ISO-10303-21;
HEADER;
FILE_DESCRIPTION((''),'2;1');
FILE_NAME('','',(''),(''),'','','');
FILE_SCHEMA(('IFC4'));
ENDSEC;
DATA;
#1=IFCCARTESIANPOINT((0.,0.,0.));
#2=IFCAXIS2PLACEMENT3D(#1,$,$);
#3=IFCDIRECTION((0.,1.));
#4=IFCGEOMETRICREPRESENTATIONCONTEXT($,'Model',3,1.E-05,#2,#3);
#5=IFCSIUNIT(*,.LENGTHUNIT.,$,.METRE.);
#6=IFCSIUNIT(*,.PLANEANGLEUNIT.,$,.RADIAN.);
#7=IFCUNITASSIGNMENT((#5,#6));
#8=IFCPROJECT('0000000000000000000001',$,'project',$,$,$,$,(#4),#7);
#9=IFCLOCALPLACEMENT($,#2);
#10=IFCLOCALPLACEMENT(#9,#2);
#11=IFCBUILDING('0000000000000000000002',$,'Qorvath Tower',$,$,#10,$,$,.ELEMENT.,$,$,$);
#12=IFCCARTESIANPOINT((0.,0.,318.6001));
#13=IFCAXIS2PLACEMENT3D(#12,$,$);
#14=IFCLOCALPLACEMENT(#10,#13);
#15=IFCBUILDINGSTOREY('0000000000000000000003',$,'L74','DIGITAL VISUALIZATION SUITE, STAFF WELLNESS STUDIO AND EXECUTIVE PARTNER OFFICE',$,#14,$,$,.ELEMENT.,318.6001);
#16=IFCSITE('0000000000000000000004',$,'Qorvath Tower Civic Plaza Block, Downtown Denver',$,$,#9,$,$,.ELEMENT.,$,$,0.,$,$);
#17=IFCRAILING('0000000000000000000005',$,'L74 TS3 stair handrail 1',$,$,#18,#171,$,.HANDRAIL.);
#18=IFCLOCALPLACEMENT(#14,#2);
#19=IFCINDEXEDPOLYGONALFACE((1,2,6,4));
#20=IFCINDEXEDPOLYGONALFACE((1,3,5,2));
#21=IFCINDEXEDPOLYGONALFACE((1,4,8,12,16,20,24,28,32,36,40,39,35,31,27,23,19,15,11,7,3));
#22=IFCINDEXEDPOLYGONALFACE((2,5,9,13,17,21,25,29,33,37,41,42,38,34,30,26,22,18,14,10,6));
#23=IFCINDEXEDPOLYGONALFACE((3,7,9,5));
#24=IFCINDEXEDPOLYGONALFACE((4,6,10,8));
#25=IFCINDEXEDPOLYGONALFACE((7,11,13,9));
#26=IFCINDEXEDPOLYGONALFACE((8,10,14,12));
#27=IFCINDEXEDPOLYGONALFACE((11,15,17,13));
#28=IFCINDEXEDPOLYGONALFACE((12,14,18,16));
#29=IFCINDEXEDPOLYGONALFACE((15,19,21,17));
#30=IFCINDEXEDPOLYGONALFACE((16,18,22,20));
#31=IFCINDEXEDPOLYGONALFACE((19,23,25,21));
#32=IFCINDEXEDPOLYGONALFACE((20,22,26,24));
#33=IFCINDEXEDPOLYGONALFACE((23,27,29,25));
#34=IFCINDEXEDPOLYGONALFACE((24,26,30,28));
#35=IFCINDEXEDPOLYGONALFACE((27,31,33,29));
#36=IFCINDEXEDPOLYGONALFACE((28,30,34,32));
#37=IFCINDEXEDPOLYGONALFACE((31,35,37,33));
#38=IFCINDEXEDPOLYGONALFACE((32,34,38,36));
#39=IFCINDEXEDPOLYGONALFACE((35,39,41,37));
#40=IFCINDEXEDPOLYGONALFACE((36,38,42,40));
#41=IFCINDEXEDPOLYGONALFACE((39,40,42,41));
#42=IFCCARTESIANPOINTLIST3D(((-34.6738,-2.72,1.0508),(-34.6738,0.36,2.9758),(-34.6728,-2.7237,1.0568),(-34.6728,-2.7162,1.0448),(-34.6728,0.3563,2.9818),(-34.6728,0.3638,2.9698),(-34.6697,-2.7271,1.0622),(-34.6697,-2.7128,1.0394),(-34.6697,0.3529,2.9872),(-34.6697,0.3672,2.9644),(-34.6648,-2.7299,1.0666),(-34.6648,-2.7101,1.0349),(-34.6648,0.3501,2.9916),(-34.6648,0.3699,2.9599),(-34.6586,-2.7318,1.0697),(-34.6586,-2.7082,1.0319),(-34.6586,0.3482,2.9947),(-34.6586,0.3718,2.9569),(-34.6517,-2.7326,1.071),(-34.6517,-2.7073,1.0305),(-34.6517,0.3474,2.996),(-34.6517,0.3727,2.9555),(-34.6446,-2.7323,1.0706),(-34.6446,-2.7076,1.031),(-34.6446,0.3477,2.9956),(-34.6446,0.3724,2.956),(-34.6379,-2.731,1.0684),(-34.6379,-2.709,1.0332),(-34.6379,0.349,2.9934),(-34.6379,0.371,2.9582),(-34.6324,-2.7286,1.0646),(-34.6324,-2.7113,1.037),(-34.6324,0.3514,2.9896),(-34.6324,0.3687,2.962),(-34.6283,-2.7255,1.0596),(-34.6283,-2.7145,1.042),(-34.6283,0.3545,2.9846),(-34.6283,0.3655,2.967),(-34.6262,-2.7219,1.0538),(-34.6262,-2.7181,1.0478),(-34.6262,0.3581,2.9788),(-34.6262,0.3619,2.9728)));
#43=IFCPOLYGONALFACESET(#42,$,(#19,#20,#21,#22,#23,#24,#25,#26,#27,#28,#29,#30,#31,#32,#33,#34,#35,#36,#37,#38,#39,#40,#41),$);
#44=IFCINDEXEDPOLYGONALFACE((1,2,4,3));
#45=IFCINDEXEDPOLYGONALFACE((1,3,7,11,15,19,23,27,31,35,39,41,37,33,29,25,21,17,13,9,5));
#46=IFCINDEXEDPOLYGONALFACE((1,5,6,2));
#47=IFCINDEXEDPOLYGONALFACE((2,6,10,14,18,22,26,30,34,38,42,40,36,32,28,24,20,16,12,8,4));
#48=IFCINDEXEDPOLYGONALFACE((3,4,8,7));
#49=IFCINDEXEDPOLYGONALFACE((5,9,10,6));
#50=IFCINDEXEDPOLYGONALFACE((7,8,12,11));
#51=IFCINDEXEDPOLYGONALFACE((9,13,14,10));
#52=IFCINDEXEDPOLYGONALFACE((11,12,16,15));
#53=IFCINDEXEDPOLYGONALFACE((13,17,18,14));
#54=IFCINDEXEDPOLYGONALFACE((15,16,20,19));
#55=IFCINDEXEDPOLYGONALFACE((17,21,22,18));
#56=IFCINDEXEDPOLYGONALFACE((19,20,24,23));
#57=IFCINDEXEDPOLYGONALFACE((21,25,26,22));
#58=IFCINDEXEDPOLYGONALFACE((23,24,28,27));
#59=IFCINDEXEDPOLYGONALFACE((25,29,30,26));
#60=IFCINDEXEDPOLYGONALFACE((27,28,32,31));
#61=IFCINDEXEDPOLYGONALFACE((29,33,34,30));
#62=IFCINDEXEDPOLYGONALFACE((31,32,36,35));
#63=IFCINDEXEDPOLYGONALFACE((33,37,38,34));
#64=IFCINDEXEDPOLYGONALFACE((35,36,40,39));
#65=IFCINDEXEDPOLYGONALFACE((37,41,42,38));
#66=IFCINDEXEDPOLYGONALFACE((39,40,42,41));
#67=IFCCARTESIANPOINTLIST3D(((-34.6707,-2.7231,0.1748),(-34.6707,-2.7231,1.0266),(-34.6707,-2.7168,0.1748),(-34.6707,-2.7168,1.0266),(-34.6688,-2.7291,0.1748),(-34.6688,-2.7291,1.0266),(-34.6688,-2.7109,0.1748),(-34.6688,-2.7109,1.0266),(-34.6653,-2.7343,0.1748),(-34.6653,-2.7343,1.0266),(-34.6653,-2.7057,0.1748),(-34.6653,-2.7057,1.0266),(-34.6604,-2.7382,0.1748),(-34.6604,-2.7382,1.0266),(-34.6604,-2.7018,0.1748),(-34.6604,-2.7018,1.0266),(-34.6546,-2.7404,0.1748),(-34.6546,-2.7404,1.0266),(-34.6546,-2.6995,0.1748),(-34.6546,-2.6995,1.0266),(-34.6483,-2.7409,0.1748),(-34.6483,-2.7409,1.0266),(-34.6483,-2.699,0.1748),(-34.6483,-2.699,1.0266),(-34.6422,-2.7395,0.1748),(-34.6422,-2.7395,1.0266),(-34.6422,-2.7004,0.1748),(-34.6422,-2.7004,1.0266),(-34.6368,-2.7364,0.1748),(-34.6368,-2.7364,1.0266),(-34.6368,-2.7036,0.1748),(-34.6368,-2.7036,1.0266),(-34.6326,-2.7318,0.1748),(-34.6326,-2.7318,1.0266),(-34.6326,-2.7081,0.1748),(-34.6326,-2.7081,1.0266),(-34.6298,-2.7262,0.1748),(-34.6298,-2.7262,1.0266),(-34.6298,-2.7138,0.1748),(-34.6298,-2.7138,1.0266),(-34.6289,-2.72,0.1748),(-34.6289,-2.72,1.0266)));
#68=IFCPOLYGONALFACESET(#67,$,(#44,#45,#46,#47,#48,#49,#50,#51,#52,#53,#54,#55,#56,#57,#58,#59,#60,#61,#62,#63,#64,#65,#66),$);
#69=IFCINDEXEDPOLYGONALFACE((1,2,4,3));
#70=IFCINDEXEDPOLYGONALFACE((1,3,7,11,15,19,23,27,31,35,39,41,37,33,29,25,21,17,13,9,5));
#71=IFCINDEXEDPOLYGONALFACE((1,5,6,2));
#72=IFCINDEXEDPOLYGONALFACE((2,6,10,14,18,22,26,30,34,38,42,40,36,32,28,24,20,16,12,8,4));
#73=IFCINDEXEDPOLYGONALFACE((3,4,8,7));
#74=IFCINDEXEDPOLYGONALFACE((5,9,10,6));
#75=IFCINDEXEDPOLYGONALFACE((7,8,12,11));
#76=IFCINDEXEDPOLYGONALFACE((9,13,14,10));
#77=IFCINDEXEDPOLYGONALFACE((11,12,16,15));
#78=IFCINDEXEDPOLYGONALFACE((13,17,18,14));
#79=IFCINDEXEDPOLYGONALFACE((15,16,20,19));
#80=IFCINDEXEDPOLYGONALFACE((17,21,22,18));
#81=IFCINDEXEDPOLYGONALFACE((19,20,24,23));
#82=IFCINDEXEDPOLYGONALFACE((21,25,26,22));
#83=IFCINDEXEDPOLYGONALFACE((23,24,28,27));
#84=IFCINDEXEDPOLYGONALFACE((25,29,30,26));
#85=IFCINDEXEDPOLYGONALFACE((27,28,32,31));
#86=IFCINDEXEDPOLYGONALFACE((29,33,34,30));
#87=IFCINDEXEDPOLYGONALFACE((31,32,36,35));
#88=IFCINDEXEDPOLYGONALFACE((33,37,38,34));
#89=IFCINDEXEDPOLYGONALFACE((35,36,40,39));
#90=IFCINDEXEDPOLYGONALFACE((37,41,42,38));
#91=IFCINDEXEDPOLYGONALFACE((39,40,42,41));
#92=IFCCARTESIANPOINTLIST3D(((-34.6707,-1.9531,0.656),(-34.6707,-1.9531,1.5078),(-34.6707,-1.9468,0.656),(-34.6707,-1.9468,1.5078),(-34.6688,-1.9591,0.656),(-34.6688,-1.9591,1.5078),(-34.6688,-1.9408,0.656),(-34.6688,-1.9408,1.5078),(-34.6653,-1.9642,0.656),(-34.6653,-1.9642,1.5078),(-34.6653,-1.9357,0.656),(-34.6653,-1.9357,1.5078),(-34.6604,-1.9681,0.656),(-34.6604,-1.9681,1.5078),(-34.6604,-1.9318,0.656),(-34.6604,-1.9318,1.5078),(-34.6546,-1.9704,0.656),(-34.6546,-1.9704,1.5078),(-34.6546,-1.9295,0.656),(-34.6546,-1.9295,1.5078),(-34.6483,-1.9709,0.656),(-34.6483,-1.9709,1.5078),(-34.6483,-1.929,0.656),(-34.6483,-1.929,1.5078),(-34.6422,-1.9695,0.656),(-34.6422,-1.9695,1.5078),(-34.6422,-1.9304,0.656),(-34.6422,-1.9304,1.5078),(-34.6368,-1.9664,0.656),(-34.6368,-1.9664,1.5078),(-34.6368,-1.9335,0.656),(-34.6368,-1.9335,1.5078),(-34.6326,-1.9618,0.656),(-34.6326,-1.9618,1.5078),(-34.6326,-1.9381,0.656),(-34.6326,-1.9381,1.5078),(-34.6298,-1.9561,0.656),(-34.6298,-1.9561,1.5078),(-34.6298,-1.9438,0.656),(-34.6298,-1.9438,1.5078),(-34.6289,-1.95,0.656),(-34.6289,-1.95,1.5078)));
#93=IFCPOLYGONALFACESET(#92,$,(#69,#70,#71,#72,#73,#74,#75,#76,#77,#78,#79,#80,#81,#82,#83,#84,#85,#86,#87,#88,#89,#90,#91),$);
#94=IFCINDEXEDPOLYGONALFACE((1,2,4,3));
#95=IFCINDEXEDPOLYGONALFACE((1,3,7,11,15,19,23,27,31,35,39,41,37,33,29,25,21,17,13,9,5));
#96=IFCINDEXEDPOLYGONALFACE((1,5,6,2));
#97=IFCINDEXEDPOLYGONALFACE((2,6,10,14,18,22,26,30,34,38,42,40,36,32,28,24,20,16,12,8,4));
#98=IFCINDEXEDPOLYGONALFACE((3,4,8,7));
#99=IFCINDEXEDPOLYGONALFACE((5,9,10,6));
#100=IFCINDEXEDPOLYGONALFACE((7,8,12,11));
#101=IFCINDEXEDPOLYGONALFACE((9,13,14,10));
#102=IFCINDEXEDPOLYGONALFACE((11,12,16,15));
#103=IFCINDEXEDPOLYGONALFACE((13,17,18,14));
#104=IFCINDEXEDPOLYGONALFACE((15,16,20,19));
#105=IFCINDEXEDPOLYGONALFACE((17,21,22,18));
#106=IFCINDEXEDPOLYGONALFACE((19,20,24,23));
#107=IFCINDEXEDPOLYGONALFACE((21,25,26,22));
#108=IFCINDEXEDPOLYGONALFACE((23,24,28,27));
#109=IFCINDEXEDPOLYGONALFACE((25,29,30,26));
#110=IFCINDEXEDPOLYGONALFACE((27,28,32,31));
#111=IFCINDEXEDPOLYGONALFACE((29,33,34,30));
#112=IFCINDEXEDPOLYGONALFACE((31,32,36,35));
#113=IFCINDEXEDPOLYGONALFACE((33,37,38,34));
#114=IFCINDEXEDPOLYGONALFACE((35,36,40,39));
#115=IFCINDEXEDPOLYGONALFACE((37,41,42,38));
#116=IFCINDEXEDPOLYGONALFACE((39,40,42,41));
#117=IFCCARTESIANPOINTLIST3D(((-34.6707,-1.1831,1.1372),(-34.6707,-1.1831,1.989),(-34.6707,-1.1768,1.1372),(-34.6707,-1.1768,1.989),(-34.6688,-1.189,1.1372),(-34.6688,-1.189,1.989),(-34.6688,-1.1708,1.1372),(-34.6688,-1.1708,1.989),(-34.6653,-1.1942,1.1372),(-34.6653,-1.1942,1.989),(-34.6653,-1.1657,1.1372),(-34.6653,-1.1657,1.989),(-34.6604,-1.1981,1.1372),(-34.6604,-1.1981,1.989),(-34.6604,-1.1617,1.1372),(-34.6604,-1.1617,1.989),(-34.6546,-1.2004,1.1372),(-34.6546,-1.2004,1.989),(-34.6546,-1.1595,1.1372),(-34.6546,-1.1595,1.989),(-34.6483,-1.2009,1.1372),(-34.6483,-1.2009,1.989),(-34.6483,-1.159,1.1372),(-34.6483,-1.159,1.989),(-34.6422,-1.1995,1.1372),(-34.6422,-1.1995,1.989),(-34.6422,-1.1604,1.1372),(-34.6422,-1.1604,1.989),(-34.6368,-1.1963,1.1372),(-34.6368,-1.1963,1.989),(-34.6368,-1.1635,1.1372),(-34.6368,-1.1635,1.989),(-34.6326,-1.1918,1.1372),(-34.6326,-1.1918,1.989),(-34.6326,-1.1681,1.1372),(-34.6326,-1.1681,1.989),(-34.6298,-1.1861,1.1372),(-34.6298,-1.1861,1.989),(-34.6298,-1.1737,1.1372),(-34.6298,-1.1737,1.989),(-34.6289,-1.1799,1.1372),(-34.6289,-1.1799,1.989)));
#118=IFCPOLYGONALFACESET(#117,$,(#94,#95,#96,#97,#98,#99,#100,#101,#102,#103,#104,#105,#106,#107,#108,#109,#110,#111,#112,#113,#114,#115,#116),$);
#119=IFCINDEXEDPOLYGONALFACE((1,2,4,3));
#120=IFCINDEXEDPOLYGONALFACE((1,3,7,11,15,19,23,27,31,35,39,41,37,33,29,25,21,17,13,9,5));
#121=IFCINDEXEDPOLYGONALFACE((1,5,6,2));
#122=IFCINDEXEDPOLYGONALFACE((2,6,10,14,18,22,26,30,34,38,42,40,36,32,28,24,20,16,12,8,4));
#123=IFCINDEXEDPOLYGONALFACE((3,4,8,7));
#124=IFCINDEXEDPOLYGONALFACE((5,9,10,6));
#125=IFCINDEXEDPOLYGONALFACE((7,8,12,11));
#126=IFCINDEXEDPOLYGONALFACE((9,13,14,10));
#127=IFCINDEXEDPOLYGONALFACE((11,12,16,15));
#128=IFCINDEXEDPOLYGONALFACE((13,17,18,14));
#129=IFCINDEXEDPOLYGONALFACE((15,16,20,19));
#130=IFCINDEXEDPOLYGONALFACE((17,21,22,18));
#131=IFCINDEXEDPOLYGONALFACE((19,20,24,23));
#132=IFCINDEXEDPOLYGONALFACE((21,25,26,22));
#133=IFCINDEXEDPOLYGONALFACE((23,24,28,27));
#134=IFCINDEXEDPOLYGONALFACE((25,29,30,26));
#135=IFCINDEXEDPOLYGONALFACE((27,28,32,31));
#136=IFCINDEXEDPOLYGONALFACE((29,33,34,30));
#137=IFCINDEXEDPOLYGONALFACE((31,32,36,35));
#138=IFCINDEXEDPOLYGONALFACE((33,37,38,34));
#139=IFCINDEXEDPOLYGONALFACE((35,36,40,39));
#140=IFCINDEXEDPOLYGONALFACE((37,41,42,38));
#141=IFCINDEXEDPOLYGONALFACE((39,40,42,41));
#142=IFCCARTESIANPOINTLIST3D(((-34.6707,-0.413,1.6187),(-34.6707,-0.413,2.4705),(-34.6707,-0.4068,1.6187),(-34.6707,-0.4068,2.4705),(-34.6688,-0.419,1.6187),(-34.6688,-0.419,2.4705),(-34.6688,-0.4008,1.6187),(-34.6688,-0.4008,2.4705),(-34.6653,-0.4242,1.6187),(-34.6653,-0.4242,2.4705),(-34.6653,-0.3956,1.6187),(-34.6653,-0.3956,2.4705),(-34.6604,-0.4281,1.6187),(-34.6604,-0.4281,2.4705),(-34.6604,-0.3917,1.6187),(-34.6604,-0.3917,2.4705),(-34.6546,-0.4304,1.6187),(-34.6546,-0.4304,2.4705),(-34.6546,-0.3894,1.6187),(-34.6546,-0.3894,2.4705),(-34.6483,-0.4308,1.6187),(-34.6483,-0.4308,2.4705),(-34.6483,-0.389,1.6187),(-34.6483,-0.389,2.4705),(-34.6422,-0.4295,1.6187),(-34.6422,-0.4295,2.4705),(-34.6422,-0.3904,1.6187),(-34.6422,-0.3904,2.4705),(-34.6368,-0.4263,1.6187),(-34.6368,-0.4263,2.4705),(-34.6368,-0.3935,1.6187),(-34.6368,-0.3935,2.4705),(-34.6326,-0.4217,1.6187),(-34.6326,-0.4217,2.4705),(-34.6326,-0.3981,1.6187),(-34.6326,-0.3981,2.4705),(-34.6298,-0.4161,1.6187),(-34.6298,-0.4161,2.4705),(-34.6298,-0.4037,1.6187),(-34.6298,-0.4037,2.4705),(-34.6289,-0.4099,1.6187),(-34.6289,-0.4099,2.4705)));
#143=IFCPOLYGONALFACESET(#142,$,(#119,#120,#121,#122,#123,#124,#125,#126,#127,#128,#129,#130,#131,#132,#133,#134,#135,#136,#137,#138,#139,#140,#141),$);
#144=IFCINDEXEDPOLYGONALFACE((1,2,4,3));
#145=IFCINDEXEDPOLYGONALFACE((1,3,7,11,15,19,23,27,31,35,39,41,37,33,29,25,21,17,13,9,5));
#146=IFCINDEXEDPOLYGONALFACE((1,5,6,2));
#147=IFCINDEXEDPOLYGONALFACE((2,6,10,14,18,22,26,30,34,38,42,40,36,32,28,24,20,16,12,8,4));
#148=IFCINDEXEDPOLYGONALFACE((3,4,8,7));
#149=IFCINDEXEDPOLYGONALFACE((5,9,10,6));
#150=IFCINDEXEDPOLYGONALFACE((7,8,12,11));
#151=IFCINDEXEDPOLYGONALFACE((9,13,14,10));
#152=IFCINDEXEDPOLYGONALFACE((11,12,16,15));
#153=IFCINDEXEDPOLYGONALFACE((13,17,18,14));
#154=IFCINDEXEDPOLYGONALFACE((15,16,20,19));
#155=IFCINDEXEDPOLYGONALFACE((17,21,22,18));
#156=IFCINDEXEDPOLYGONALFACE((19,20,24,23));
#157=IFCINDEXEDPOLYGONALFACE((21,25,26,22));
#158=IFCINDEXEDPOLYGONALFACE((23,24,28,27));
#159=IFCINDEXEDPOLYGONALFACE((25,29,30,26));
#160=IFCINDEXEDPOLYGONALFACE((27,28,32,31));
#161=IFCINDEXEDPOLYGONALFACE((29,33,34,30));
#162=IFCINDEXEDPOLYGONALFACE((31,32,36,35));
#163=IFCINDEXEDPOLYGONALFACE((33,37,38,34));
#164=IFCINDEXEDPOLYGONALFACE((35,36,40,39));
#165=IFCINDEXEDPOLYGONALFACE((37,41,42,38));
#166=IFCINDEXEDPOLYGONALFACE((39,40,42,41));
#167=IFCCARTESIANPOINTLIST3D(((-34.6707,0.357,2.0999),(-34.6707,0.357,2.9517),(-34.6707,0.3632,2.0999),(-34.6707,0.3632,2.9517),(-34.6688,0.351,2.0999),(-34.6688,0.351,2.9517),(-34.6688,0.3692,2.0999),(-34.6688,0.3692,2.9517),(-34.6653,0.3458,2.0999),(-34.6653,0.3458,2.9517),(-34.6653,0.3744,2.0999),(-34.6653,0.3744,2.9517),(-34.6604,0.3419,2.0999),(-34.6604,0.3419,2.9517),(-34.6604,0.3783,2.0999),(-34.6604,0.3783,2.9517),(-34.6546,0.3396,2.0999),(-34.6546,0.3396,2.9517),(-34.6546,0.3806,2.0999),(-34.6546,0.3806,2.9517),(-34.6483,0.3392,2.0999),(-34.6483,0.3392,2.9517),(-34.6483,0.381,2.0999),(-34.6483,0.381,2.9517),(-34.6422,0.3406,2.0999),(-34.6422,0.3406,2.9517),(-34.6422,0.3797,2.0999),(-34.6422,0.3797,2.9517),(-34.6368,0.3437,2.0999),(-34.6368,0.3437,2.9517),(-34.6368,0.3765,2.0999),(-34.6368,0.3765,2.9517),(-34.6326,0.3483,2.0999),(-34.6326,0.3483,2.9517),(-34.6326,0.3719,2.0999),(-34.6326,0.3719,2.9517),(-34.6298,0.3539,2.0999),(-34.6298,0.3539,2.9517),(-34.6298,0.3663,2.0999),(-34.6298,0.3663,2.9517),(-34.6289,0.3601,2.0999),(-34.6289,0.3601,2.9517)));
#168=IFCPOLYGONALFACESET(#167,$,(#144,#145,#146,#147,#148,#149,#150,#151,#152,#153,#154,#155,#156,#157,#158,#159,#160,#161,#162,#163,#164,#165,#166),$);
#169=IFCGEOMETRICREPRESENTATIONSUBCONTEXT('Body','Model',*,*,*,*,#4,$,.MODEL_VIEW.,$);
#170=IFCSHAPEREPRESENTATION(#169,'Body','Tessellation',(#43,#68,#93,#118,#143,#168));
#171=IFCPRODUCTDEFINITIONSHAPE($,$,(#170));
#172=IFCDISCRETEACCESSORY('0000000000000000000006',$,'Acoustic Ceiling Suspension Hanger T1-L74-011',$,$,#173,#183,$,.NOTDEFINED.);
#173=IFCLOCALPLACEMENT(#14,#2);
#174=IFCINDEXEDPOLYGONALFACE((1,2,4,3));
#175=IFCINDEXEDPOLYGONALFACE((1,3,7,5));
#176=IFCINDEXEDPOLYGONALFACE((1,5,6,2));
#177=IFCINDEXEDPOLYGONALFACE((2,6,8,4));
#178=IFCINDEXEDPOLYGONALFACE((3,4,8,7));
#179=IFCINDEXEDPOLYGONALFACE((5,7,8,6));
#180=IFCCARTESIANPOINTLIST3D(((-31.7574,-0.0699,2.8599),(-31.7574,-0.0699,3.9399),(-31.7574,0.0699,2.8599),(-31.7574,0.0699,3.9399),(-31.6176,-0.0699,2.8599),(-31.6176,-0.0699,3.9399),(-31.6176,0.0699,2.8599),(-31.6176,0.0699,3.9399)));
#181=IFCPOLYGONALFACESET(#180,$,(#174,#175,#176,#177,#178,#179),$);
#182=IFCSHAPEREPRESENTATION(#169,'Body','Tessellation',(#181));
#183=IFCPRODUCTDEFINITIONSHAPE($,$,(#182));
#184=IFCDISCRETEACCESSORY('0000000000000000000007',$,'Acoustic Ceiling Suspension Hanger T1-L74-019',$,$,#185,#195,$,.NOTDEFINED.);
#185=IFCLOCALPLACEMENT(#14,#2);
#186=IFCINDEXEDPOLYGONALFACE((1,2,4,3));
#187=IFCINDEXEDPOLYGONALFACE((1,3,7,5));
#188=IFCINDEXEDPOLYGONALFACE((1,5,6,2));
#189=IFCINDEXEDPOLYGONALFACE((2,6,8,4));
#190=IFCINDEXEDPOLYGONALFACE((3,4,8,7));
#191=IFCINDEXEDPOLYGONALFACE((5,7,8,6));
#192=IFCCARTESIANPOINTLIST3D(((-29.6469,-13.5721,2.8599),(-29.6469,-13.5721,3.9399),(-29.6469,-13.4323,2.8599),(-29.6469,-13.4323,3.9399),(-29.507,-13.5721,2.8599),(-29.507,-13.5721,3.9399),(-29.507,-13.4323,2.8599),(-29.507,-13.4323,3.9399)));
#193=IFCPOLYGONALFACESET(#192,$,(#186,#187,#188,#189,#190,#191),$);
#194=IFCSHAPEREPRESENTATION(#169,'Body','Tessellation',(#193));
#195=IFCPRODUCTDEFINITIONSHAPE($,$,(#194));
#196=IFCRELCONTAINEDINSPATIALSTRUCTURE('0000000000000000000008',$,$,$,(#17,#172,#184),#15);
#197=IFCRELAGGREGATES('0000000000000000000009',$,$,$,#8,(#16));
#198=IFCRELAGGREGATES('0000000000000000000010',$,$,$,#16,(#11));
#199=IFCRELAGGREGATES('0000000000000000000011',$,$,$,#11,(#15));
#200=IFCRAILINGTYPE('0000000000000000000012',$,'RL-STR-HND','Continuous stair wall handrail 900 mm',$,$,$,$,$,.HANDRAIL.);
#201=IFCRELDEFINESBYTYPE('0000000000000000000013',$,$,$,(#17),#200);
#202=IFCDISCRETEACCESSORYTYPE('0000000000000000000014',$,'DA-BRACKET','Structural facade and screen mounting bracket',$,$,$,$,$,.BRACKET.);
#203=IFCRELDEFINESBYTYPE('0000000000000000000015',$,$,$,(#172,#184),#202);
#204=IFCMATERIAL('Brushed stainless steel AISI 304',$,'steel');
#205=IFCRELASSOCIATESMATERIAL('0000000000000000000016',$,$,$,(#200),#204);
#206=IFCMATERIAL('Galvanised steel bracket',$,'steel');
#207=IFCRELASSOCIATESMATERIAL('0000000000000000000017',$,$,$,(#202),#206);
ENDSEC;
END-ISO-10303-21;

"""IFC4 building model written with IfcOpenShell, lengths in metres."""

from ifc_helpers import new_model, si_unit, direction, frame, origin, origin_2d, place, context, subcontext, project, spatial, rectangle, circle, extrude, material, type_object, element, save


model = new_model("IFC4")

# Units and contexts
model_context = context("Model", 3, precision=1e-05, world=origin(), true_north=direction((0.0, 1.0)))
body_context = subcontext(model_context, "Body", "Model", "MODEL_VIEW")
ifc_project = project(units=[si_unit("LENGTHUNIT", "METRE"), si_unit("PLANEANGLEUNIT", "RADIAN")], contexts=[model_context])

# Site, building, storey
site_placement = place(None, origin())
site = spatial("IfcSite", under=ifc_project, at=site_placement, Name="Qorvath Tower Civic Plaza Block, Downtown Denver", CompositionType="ELEMENT", RefElevation=0.0)
building_placement = place(site_placement, origin())
building = spatial("IfcBuilding", under=site, at=building_placement, Name="Qorvath Tower", CompositionType="ELEMENT")
storey_placement = place(building_placement, frame((0.0, 0.0, 318.6001)))
storey = spatial("IfcBuildingStorey", under=building, at=storey_placement, Name="L74", Description="DIGITAL VISUALIZATION SUITE, STAFF WELLNESS STUDIO AND EXECUTIVE PARTNER OFFICE", CompositionType="ELEMENT", Elevation=318.6001)

# Railing
ifc_material_1 = material(Name="Brushed stainless steel AISI 304", Category="steel")
railing_type = type_object("IfcRailingType", Name="RL-STR-HND", Description="Continuous stair wall handrail 900 mm", PredefinedType="HANDRAIL", material=ifc_material_1)
railing_placement = place(storey_placement, frame((-34.6499, -2.72, 0.1748)))
element("IfcRailing", 1, at=railing_placement, inside=storey, type_object=railing_type, Name="L74 TS3 stair handrail 1", PredefinedType="HANDRAIL", context=body_context, shape_type="SweptSolid", body=[
    extrude(circle(Radius=0.0239, at=origin_2d()), frame((0.0, 0.0, 0.876), z_axis=(0.0, 0.847998, 0.529999), x_axis=(-1.0, 0.0, 0.0)), (0.0, 0.0, 1.0), 3.6321),
    extrude(circle(Radius=0.021, at=origin_2d()), origin(), (0.0, 0.0, 1.0), 0.8518),
    extrude(circle(Radius=0.021, at=origin_2d()), frame((0.0, 0.77, 0.4812)), (0.0, 0.0, 1.0), 0.8518),
    extrude(circle(Radius=0.021, at=origin_2d()), frame((0.0, 1.54, 0.9624)), (0.0, 0.0, 1.0), 0.8518),
    extrude(circle(Radius=0.021, at=origin_2d()), frame((0.0, 2.3101, 1.4438)), (0.0, 0.0, 1.0), 0.8518),
    extrude(circle(Radius=0.021, at=origin_2d()), frame((0.0, 3.0801, 1.925)), (0.0, 0.0, 1.0), 0.8518),
])

# Discrete accessories
ifc_material_2 = material(Name="Galvanised steel bracket", Category="steel")
discrete_accessory_type = type_object("IfcDiscreteAccessoryType", Name="DA-BRACKET", Description="Structural facade and screen mounting bracket", PredefinedType="BRACKET", material=ifc_material_2)
for number, where, z_axis, x_axis, name in (
    (2, (-31.6875, 0.0, 2.8599), (0.0, 0.0, 1.0), (1.0, 0.0, 0.0), "Acoustic Ceiling Suspension Hanger T1-L74-011"),
    (3, (-29.5769, -13.5022, 2.8599), (0.0, 0.0, 1.0), (1.0, 0.0, 0.0), "Acoustic Ceiling Suspension Hanger T1-L74-019"),
):
    element("IfcDiscreteAccessory", number, at=place(storey_placement, frame(where, z_axis=z_axis, x_axis=x_axis)), inside=storey, type_object=discrete_accessory_type, Name=name, PredefinedType="NOTDEFINED", context=body_context, shape_type="SweptSolid", body=[
        extrude(rectangle(XDim=0.1399, YDim=0.1399, at=origin_2d()), origin(), (0.0, 0.0, 1.0), 1.0801),
    ])

save(model, "model.ifc")
